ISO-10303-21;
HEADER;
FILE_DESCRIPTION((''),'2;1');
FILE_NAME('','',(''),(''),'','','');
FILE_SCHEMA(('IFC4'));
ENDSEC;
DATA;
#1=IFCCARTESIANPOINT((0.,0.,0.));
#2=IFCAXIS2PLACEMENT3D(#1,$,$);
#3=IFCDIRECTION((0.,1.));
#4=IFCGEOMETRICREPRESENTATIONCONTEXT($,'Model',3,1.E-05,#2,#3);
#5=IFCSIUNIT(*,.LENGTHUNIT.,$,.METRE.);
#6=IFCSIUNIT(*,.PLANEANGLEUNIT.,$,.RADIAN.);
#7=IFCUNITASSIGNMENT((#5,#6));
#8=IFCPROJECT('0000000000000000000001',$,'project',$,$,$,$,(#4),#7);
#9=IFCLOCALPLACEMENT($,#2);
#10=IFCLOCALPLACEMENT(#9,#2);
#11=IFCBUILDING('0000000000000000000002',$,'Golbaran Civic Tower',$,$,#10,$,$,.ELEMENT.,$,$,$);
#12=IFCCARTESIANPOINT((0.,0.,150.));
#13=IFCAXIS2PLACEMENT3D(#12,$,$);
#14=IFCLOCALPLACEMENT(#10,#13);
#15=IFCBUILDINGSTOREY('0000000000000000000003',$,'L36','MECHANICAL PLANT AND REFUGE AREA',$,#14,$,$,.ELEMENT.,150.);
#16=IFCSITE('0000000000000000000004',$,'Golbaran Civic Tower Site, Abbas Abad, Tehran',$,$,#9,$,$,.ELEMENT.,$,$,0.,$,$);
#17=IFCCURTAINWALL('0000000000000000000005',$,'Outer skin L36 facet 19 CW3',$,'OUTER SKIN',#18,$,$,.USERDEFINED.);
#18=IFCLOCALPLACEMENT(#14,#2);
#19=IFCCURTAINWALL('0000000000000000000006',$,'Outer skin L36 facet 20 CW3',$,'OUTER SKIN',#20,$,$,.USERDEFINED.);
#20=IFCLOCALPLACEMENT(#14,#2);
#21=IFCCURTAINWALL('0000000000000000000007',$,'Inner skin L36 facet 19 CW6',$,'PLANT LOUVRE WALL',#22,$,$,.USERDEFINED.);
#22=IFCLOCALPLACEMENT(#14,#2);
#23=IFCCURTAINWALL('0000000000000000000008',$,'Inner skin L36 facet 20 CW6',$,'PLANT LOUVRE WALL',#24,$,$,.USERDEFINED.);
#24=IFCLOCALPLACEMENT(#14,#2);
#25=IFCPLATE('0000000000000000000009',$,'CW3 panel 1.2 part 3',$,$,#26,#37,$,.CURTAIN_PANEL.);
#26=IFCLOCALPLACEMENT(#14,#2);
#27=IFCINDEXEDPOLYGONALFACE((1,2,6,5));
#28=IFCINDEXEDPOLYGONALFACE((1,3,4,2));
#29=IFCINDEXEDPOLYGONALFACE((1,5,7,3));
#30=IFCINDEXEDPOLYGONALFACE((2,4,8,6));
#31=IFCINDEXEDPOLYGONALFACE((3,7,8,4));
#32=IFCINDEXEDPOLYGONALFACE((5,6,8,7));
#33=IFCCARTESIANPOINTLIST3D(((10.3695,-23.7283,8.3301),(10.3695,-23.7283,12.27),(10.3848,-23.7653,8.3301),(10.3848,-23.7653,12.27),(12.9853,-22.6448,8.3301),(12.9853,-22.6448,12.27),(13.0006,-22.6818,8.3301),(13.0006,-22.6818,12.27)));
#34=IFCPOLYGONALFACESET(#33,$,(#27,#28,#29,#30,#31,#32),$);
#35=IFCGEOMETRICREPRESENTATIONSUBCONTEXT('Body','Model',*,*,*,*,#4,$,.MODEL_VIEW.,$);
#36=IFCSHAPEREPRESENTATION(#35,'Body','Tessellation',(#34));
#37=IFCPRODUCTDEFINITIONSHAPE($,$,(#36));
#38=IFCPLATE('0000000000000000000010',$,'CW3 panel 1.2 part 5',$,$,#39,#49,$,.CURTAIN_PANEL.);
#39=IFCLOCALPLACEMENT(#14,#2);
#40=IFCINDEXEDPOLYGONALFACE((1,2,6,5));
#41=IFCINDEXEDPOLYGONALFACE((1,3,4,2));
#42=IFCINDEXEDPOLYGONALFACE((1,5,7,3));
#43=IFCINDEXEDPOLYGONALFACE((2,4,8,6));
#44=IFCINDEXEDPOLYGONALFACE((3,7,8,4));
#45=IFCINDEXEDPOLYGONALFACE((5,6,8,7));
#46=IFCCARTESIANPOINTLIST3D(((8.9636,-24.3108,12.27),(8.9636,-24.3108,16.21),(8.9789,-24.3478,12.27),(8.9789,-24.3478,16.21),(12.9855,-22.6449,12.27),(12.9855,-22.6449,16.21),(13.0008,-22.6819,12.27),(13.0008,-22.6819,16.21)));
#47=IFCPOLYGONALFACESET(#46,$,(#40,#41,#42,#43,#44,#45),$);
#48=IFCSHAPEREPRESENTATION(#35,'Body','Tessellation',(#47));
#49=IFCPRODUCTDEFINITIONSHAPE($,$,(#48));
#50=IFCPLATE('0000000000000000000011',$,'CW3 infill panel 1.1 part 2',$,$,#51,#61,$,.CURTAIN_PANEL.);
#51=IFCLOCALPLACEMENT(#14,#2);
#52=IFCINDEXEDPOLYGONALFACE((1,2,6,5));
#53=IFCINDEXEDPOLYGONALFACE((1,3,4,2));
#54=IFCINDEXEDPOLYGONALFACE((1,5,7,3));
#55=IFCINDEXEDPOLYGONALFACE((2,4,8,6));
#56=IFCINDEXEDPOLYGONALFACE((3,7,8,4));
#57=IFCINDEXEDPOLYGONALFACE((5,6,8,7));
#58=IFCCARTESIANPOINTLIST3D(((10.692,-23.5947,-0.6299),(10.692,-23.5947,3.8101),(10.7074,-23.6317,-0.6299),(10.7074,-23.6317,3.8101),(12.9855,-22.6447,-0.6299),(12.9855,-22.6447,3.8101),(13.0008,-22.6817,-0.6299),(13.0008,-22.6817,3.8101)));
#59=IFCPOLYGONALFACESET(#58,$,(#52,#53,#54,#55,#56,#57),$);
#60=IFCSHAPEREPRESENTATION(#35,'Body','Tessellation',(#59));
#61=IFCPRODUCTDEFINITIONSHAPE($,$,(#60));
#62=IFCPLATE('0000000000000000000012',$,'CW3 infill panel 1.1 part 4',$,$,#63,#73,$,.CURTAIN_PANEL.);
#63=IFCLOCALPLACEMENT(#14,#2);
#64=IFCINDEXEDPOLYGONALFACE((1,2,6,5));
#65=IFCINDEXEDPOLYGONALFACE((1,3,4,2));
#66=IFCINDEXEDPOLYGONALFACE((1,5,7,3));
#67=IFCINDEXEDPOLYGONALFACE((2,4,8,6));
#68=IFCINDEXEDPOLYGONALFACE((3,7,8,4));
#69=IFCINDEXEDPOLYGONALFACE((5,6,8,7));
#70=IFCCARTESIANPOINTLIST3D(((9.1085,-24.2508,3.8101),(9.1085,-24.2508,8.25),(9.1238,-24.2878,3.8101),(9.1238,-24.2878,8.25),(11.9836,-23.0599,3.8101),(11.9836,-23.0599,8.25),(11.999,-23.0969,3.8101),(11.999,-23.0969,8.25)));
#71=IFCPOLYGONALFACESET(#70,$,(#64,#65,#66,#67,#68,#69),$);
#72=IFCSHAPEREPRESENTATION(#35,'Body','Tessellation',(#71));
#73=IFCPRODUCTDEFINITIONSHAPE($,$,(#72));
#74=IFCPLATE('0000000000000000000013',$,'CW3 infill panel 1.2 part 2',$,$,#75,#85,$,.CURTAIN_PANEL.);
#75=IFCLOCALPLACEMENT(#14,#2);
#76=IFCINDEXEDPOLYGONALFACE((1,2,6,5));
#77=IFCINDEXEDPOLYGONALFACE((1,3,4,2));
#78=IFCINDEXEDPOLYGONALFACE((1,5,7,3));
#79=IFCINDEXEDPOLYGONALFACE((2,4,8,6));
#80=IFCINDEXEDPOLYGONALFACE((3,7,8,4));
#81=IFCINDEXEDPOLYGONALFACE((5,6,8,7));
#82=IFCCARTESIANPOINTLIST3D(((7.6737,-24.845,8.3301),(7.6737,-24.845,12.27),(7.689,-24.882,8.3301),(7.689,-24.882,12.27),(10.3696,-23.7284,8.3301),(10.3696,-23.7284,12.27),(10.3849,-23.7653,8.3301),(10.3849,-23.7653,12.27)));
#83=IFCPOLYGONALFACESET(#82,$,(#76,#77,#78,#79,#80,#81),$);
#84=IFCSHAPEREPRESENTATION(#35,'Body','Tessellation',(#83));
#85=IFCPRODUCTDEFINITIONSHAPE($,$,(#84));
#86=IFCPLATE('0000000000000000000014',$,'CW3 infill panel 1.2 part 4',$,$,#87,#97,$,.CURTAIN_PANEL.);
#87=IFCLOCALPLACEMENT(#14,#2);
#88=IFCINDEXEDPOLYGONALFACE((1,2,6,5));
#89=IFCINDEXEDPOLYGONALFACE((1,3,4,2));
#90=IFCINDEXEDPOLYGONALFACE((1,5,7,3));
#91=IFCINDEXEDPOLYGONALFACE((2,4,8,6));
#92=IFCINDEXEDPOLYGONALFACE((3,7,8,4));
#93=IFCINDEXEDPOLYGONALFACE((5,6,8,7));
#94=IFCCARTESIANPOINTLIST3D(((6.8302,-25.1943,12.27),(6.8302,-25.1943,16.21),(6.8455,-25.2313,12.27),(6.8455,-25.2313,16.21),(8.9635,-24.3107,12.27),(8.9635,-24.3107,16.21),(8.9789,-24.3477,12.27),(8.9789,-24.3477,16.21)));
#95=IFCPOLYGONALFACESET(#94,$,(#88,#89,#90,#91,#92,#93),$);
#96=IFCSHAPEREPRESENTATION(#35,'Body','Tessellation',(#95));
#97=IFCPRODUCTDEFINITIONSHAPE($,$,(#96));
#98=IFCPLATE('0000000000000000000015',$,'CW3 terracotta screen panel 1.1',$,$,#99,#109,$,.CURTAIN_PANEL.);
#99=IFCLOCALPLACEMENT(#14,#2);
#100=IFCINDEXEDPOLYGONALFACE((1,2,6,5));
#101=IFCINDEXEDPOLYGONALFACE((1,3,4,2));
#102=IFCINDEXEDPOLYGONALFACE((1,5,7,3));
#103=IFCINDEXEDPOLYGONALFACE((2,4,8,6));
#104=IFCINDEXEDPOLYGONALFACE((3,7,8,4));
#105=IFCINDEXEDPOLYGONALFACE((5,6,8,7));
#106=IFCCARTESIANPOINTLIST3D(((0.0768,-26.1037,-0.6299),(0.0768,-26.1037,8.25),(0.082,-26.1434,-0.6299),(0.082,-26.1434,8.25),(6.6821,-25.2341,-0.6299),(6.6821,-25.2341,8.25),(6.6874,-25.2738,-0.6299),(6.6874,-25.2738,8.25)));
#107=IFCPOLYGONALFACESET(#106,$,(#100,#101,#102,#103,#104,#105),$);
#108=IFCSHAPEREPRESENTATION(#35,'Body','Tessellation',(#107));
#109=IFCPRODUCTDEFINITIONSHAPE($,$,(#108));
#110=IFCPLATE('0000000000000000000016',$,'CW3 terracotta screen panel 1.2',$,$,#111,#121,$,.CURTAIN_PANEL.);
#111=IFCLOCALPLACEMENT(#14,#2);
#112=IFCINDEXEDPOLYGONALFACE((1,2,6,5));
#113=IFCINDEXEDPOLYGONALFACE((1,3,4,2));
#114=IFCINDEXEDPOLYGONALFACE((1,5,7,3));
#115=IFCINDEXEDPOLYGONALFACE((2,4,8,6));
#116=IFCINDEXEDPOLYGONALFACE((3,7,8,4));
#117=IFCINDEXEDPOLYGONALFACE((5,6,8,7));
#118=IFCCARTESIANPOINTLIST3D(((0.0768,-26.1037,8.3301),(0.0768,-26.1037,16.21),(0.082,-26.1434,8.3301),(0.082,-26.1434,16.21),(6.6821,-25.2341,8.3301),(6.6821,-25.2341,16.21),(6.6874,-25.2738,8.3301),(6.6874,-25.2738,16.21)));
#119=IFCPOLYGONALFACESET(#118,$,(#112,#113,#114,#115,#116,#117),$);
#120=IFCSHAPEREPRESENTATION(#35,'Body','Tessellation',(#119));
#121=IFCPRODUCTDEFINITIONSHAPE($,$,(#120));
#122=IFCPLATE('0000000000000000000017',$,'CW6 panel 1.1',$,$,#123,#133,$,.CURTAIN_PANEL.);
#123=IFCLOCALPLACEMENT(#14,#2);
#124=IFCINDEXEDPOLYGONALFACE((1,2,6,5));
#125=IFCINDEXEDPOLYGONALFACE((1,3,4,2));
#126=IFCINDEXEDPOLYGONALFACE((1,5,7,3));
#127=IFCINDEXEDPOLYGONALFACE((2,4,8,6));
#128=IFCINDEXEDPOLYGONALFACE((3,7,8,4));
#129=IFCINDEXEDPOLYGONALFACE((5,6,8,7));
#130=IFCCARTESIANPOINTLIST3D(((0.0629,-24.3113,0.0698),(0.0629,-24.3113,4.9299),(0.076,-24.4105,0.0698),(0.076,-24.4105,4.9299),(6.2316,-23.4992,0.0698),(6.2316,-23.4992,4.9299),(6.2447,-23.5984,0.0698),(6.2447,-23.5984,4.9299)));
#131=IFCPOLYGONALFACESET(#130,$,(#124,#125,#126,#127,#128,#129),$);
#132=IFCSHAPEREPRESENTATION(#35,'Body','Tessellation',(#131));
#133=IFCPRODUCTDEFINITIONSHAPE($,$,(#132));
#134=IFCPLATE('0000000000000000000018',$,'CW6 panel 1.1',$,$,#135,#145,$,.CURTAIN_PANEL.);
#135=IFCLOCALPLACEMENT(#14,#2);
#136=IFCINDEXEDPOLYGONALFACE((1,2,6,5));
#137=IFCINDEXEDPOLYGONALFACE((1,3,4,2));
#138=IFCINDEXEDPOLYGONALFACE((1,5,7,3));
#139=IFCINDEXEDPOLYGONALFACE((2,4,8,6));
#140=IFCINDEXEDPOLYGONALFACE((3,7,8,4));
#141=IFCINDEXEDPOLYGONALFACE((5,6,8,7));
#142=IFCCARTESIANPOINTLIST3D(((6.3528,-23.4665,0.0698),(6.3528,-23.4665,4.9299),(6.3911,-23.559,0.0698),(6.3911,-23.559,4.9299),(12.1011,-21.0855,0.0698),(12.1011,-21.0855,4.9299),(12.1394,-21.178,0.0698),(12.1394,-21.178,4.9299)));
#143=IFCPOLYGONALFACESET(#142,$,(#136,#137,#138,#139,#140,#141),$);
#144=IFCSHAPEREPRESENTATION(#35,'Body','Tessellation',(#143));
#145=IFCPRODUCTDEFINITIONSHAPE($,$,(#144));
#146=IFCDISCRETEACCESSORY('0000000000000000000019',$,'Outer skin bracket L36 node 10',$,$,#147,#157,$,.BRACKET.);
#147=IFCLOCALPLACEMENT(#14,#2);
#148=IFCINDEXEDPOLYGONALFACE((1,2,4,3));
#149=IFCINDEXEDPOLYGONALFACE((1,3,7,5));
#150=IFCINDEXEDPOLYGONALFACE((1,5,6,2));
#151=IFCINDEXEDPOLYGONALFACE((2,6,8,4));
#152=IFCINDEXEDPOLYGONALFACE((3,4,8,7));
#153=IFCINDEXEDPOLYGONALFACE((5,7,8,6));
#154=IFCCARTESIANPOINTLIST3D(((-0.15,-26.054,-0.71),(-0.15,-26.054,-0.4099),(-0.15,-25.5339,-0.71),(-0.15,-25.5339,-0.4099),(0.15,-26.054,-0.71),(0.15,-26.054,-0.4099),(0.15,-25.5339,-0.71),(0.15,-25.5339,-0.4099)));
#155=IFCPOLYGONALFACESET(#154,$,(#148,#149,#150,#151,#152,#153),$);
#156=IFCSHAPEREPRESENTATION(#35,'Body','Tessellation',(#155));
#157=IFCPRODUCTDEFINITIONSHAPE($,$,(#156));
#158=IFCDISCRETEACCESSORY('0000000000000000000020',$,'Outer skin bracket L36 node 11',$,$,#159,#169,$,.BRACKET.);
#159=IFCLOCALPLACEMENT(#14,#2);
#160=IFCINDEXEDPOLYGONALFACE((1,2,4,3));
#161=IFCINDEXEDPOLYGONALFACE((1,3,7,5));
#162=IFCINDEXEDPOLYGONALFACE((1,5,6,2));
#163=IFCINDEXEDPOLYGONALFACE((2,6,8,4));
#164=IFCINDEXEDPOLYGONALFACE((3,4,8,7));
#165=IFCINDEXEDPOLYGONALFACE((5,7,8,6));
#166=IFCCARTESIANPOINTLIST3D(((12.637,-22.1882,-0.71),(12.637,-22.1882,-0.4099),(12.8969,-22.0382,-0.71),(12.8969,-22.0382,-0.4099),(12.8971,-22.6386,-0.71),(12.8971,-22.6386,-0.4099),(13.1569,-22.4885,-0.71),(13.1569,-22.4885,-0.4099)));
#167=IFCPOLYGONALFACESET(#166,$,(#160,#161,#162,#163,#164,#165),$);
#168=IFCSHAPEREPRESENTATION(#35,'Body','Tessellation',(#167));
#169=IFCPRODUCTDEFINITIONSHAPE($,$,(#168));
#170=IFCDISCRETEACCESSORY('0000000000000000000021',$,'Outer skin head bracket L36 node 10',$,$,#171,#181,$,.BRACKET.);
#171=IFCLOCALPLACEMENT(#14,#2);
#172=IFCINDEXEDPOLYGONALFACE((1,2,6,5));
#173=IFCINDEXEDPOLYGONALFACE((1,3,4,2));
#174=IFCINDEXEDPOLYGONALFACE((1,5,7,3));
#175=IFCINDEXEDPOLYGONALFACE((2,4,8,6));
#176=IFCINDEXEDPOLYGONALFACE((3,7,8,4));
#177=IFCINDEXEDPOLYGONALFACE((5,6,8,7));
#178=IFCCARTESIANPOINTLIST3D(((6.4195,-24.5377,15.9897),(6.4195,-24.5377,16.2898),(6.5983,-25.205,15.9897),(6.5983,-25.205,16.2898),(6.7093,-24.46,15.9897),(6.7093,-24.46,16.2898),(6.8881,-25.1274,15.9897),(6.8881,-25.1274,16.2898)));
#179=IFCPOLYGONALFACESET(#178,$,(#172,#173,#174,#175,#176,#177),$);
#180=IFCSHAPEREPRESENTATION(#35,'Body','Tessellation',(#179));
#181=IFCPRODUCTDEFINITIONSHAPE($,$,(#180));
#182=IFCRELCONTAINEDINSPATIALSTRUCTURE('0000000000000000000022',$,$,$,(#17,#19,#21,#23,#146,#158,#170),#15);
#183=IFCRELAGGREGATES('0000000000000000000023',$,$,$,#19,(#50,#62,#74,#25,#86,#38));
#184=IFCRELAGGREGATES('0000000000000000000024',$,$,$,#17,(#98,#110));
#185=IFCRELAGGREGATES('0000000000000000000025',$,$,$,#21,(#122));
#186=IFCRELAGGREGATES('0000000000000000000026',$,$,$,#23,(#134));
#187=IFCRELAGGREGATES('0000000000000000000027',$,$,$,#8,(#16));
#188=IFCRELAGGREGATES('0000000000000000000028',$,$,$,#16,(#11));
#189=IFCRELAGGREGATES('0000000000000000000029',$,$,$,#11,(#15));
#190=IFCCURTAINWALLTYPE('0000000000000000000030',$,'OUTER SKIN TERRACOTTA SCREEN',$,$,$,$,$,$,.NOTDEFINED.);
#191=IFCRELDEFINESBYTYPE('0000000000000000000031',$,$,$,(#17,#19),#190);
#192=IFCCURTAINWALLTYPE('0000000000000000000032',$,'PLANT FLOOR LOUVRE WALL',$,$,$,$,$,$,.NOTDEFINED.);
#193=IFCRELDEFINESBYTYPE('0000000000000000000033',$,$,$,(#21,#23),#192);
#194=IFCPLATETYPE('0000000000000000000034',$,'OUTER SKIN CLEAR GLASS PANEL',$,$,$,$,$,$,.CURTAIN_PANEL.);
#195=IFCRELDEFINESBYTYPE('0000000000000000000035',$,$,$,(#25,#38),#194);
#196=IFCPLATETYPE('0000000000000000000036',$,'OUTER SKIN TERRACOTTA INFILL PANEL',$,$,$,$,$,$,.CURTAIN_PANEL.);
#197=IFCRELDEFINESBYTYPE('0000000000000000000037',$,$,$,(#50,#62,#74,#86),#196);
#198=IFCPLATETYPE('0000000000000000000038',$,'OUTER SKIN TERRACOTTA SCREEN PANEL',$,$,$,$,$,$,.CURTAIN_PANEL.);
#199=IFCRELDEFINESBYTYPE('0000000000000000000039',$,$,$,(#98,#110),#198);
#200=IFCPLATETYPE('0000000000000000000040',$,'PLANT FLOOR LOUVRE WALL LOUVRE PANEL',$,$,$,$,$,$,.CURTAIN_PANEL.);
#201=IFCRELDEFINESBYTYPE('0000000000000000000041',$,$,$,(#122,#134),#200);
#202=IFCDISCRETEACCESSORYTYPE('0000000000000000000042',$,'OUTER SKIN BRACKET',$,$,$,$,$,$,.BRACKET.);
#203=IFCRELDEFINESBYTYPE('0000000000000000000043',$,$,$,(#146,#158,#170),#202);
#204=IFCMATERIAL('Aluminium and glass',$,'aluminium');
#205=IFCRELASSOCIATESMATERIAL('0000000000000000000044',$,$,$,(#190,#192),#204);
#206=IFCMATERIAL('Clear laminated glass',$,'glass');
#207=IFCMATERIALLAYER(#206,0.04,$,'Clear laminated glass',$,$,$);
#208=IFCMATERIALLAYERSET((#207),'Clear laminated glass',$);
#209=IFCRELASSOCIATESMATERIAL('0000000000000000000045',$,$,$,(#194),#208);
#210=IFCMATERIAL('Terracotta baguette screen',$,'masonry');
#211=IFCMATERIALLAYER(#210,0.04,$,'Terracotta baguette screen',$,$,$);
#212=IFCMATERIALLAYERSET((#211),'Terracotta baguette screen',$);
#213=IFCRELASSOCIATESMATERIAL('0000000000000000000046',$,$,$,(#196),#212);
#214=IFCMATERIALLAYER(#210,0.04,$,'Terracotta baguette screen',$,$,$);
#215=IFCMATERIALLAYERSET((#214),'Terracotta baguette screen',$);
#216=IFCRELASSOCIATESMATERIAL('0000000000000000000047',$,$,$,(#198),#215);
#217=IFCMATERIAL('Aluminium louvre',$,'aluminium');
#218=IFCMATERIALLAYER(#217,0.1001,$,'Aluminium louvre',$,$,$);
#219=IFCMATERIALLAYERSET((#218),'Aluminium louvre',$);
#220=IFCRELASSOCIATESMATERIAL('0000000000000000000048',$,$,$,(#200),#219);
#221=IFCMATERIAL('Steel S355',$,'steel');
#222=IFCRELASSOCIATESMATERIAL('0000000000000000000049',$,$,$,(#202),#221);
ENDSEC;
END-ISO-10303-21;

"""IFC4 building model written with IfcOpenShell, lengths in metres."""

from ifc_helpers import new_model, si_unit, direction, frame, origin, origin_2d, place, context, subcontext, project, spatial, rectangle, extrude, material, layer, layer_set, type_object, element, aggregate, save


model = new_model("IFC4")

# Units and contexts
model_context = context("Model", 3, precision=1e-05, world=origin(), true_north=direction((0.0, 1.0)))
body_context = subcontext(model_context, "Body", "Model", "MODEL_VIEW")
ifc_project = project(units=[si_unit("LENGTHUNIT", "METRE"), si_unit("PLANEANGLEUNIT", "RADIAN")], contexts=[model_context])

# Site, building, storey
site_placement = place(None, origin())
site = spatial("IfcSite", under=ifc_project, at=site_placement, Name="Golbaran Civic Tower Site, Abbas Abad, Tehran", CompositionType="ELEMENT", RefElevation=0.0)
building_placement = place(site_placement, origin())
building = spatial("IfcBuilding", under=site, at=building_placement, Name="Golbaran Civic Tower", CompositionType="ELEMENT")
storey_placement = place(building_placement, frame((0.0, 0.0, 150.0)))
storey = spatial("IfcBuildingStorey", under=building, at=storey_placement, Name="L36", Description="MECHANICAL PLANT AND REFUGE AREA", CompositionType="ELEMENT", Elevation=150.0)

# Shared definitions
ifc_material_1 = material(Name="Steel S355", Category="steel")

# Curtain wall
ifc_material_2 = material(Name="Aluminium and glass", Category="aluminium")
curtain_wall_type_1 = type_object("IfcCurtainWallType", Name="OUTER SKIN TERRACOTTA SCREEN", PredefinedType="NOTDEFINED", material=ifc_material_2)
curtain_wall_1_placement = place(storey_placement, origin())
curtain_wall_1 = element("IfcCurtainWall", 1, at=curtain_wall_1_placement, inside=storey, type_object=curtain_wall_type_1, Name="Outer skin L36 facet 19 CW3", ObjectType="OUTER SKIN", PredefinedType="USERDEFINED")

# Curtain wall
curtain_wall_2_placement = place(storey_placement, origin())
curtain_wall_2 = element("IfcCurtainWall", 2, at=curtain_wall_2_placement, inside=storey, type_object=curtain_wall_type_1, Name="Outer skin L36 facet 20 CW3", ObjectType="OUTER SKIN", PredefinedType="USERDEFINED")

# Curtain walls
curtain_wall_type_2 = type_object("IfcCurtainWallType", Name="PLANT FLOOR LOUVRE WALL", PredefinedType="NOTDEFINED", material=ifc_material_2)
curtain_wall_3_placement = place(storey_placement, origin())
curtain_wall_3 = element("IfcCurtainWall", 3, at=curtain_wall_3_placement, inside=storey, type_object=curtain_wall_type_2, Name="Inner skin L36 facet 19 CW6", ObjectType="PLANT LOUVRE WALL", PredefinedType="USERDEFINED")
curtain_wall_4_placement = place(storey_placement, origin())
curtain_wall_4 = element("IfcCurtainWall", 4, at=curtain_wall_4_placement, inside=storey, type_object=curtain_wall_type_2, Name="Inner skin L36 facet 20 CW6", ObjectType="PLANT LOUVRE WALL", PredefinedType="USERDEFINED")

# Plates
ifc_material_3 = material(Name="Clear laminated glass", Category="glass")
ifc_layer_1 = layer(ifc_material_3, 0.04, Name="Clear laminated glass")
ifc_layer_set_1 = layer_set([ifc_layer_1], Name="Clear laminated glass")
plate_type_1 = type_object("IfcPlateType", Name="OUTER SKIN CLEAR GLASS PANEL", PredefinedType="CURTAIN_PANEL", material=ifc_layer_set_1)
plate_1_placement = place(storey_placement, frame((11.6851, -23.2051, 8.3301), z_axis=(0.0, 0.0, 1.0), x_axis=(0.92388, 0.382683, 0.0)))
plate_1 = element("IfcPlate", 5, at=plate_1_placement, type_object=plate_type_1, Name="CW3 panel 1.2 part 3", PredefinedType="CURTAIN_PANEL", context=body_context, shape_type="SweptSolid", body=[
    extrude(rectangle(XDim=2.8313, YDim=0.04, at=origin_2d()), origin(), (0.0, 0.0, 1.0), 3.9399),
])
plate_2_placement = place(storey_placement, frame((10.9822, -23.4963, 12.27), z_axis=(0.0, 0.0, 1.0), x_axis=(0.92388, 0.382683, 0.0)))
plate_2 = element("IfcPlate", 6, at=plate_2_placement, type_object=plate_type_1, Name="CW3 panel 1.2 part 5", PredefinedType="CURTAIN_PANEL", context=body_context, shape_type="SweptSolid", body=[
    extrude(rectangle(XDim=4.3533, YDim=0.04, at=origin_2d()), origin(), (0.0, 0.0, 1.0), 3.9399),
])
ifc_material_4 = material(Name="Terracotta baguette screen", Category="masonry")
ifc_layer_2 = layer(ifc_material_4, 0.04, Name="Terracotta baguette screen")
ifc_layer_set_2 = layer_set([ifc_layer_2], Name="Terracotta baguette screen")
plate_type_2 = type_object("IfcPlateType", Name="OUTER SKIN TERRACOTTA INFILL PANEL", PredefinedType="CURTAIN_PANEL", material=ifc_layer_set_2)
plate_3_placement = place(storey_placement, frame((11.8464, -23.1382, -0.6299), z_axis=(0.0, 0.0, 1.0), x_axis=(0.92388, 0.382683, 0.0)))
plate_3 = element("IfcPlate", 7, at=plate_3_placement, type_object=plate_type_2, Name="CW3 infill panel 1.1 part 2", PredefinedType="CURTAIN_PANEL", context=body_context, shape_type="SweptSolid", body=[
    extrude(rectangle(XDim=2.4824, YDim=0.04, at=origin_2d()), origin(), (0.0, 0.0, 1.0), 4.4399),
])
plate_4_placement = place(storey_placement, frame((10.5537, -23.6738, 3.8101), z_axis=(0.0, 0.0, 1.0), x_axis=(0.92388, 0.382683, 0.0)))
plate_4 = element("IfcPlate", 8, at=plate_4_placement, type_object=plate_type_2, Name="CW3 infill panel 1.1 part 4", PredefinedType="CURTAIN_PANEL", context=body_context, shape_type="SweptSolid", body=[
    extrude(rectangle(XDim=3.1121, YDim=0.04, at=origin_2d()), origin(), (0.0, 0.0, 1.0), 4.4399),
])
plate_5_placement = place(storey_placement, frame((9.0293, -24.3052, 8.3301), z_axis=(0.0, 0.0, 1.0), x_axis=(0.92388, 0.382683, 0.0)))
plate_5 = element("IfcPlate", 9, at=plate_5_placement, type_object=plate_type_2, Name="CW3 infill panel 1.2 part 2", PredefinedType="CURTAIN_PANEL", context=body_context, shape_type="SweptSolid", body=[
    extrude(rectangle(XDim=2.918, YDim=0.04, at=origin_2d()), origin(), (0.0, 0.0, 1.0), 3.9399),
])
plate_6_placement = place(storey_placement, frame((7.9045, -24.771, 12.27), z_axis=(0.0, 0.0, 1.0), x_axis=(0.92388, 0.382683, 0.0)))
plate_6 = element("IfcPlate", 10, at=plate_6_placement, type_object=plate_type_2, Name="CW3 infill panel 1.2 part 4", PredefinedType="CURTAIN_PANEL", context=body_context, shape_type="SweptSolid", body=[
    extrude(rectangle(XDim=2.3091, YDim=0.04, at=origin_2d()), origin(), (0.0, 0.0, 1.0), 3.9399),
])
aggregate(curtain_wall_2, [plate_3, plate_4, plate_5, plate_1, plate_6, plate_2])
ifc_layer_3 = layer(ifc_material_4, 0.04, Name="Terracotta baguette screen")
ifc_layer_set_3 = layer_set([ifc_layer_3], Name="Terracotta baguette screen")
plate_type_3 = type_object("IfcPlateType", Name="OUTER SKIN TERRACOTTA SCREEN PANEL", PredefinedType="CURTAIN_PANEL", material=ifc_layer_set_3)
plate_7_placement = place(storey_placement, frame((3.3821, -25.6887, -0.6299), z_axis=(0.0, 0.0, 1.0), x_axis=(0.991445, 0.130526, 0.0)))
plate_7 = element("IfcPlate", 11, at=plate_7_placement, type_object=plate_type_3, Name="CW3 terracotta screen panel 1.1", PredefinedType="CURTAIN_PANEL", context=body_context, shape_type="SweptSolid", body=[
    extrude(rectangle(XDim=6.6624, YDim=0.04, at=origin_2d()), origin(), (0.0, 0.0, 1.0), 8.8799),
])
plate_8_placement = place(storey_placement, frame((3.3821, -25.6887, 8.3301), z_axis=(0.0, 0.0, 1.0), x_axis=(0.991445, 0.130526, 0.0)))
plate_8 = element("IfcPlate", 12, at=plate_8_placement, type_object=plate_type_3, Name="CW3 terracotta screen panel 1.2", PredefinedType="CURTAIN_PANEL", context=body_context, shape_type="SweptSolid", body=[
    extrude(rectangle(XDim=6.6624, YDim=0.04, at=origin_2d()), origin(), (0.0, 0.0, 1.0), 7.8799),
])
aggregate(curtain_wall_1, [plate_7, plate_8])
ifc_material_5 = material(Name="Aluminium louvre", Category="aluminium")
ifc_layer_4 = layer(ifc_material_5, 0.1001, Name="Aluminium louvre")
ifc_layer_set_4 = layer_set([ifc_layer_4], Name="Aluminium louvre")
plate_type_4 = type_object("IfcPlateType", Name="PLANT FLOOR LOUVRE WALL LOUVRE PANEL", PredefinedType="CURTAIN_PANEL", material=ifc_layer_set_4)
plate_9_placement = place(storey_placement, frame((3.1538, -23.9548, 0.0698), z_axis=(0.0, 0.0, 1.0), x_axis=(0.991445, 0.130526, 0.0)))
plate_9 = element("IfcPlate", 13, at=plate_9_placement, type_object=plate_type_4, Name="CW6 panel 1.1", PredefinedType="CURTAIN_PANEL", context=body_context, shape_type="SweptSolid", body=[
    extrude(rectangle(XDim=6.2219, YDim=0.1001, at=origin_2d()), origin(), (0.0, 0.0, 1.0), 4.8601),
])
aggregate(curtain_wall_3, [plate_9])
plate_10_placement = place(storey_placement, frame((9.2461, -22.3223, 0.0698), z_axis=(0.0, 0.0, 1.0), x_axis=(0.92388, 0.382683, 0.0)))
plate_10 = element("IfcPlate", 14, at=plate_10_placement, type_object=plate_type_4, Name="CW6 panel 1.1", PredefinedType="CURTAIN_PANEL", context=body_context, shape_type="SweptSolid", body=[
    extrude(rectangle(XDim=6.2219, YDim=0.1001, at=origin_2d()), origin(), (0.0, 0.0, 1.0), 4.8601),
])
aggregate(curtain_wall_4, [plate_10])

# Discrete accessories
discrete_accessory_type = type_object("IfcDiscreteAccessoryType", Name="OUTER SKIN BRACKET", PredefinedType="BRACKET", material=ifc_material_1)
for number, where, z_axis, x_axis, name in (
    (15, (0.0, -25.7939, -0.71), (0.0, 0.0, 1.0), (0.0, -1.0, 0.0), "Outer skin bracket L36 node 10"),
    (16, (12.897, -22.3384, -0.71), (0.0, 0.0, 1.0), (0.5, -0.866025, 0.0), "Outer skin bracket L36 node 11"),
):
    element("IfcDiscreteAccessory", number, at=place(storey_placement, frame(where, z_axis=z_axis, x_axis=x_axis)), inside=storey, type_object=discrete_accessory_type, Name=name, PredefinedType="BRACKET", context=body_context, shape_type="SweptSolid", body=[
        extrude(rectangle(XDim=0.52, YDim=0.3, at=origin_2d()), origin(), (0.0, 0.0, 1.0), 0.3),
    ])
discrete_accessory_placement = place(storey_placement, frame((6.6538, -24.8325, 15.9897), z_axis=(0.0, 0.0, 1.0), x_axis=(0.258819, -0.965926, 0.0)))
element("IfcDiscreteAccessory", 17, at=discrete_accessory_placement, inside=storey, type_object=discrete_accessory_type, Name="Outer skin head bracket L36 node 10", PredefinedType="BRACKET", context=body_context, shape_type="SweptSolid", body=[
    extrude(rectangle(XDim=0.6909, YDim=0.3, at=origin_2d()), origin(), (0.0, 0.0, 1.0), 0.3),
])

save(model, "model.ifc")
